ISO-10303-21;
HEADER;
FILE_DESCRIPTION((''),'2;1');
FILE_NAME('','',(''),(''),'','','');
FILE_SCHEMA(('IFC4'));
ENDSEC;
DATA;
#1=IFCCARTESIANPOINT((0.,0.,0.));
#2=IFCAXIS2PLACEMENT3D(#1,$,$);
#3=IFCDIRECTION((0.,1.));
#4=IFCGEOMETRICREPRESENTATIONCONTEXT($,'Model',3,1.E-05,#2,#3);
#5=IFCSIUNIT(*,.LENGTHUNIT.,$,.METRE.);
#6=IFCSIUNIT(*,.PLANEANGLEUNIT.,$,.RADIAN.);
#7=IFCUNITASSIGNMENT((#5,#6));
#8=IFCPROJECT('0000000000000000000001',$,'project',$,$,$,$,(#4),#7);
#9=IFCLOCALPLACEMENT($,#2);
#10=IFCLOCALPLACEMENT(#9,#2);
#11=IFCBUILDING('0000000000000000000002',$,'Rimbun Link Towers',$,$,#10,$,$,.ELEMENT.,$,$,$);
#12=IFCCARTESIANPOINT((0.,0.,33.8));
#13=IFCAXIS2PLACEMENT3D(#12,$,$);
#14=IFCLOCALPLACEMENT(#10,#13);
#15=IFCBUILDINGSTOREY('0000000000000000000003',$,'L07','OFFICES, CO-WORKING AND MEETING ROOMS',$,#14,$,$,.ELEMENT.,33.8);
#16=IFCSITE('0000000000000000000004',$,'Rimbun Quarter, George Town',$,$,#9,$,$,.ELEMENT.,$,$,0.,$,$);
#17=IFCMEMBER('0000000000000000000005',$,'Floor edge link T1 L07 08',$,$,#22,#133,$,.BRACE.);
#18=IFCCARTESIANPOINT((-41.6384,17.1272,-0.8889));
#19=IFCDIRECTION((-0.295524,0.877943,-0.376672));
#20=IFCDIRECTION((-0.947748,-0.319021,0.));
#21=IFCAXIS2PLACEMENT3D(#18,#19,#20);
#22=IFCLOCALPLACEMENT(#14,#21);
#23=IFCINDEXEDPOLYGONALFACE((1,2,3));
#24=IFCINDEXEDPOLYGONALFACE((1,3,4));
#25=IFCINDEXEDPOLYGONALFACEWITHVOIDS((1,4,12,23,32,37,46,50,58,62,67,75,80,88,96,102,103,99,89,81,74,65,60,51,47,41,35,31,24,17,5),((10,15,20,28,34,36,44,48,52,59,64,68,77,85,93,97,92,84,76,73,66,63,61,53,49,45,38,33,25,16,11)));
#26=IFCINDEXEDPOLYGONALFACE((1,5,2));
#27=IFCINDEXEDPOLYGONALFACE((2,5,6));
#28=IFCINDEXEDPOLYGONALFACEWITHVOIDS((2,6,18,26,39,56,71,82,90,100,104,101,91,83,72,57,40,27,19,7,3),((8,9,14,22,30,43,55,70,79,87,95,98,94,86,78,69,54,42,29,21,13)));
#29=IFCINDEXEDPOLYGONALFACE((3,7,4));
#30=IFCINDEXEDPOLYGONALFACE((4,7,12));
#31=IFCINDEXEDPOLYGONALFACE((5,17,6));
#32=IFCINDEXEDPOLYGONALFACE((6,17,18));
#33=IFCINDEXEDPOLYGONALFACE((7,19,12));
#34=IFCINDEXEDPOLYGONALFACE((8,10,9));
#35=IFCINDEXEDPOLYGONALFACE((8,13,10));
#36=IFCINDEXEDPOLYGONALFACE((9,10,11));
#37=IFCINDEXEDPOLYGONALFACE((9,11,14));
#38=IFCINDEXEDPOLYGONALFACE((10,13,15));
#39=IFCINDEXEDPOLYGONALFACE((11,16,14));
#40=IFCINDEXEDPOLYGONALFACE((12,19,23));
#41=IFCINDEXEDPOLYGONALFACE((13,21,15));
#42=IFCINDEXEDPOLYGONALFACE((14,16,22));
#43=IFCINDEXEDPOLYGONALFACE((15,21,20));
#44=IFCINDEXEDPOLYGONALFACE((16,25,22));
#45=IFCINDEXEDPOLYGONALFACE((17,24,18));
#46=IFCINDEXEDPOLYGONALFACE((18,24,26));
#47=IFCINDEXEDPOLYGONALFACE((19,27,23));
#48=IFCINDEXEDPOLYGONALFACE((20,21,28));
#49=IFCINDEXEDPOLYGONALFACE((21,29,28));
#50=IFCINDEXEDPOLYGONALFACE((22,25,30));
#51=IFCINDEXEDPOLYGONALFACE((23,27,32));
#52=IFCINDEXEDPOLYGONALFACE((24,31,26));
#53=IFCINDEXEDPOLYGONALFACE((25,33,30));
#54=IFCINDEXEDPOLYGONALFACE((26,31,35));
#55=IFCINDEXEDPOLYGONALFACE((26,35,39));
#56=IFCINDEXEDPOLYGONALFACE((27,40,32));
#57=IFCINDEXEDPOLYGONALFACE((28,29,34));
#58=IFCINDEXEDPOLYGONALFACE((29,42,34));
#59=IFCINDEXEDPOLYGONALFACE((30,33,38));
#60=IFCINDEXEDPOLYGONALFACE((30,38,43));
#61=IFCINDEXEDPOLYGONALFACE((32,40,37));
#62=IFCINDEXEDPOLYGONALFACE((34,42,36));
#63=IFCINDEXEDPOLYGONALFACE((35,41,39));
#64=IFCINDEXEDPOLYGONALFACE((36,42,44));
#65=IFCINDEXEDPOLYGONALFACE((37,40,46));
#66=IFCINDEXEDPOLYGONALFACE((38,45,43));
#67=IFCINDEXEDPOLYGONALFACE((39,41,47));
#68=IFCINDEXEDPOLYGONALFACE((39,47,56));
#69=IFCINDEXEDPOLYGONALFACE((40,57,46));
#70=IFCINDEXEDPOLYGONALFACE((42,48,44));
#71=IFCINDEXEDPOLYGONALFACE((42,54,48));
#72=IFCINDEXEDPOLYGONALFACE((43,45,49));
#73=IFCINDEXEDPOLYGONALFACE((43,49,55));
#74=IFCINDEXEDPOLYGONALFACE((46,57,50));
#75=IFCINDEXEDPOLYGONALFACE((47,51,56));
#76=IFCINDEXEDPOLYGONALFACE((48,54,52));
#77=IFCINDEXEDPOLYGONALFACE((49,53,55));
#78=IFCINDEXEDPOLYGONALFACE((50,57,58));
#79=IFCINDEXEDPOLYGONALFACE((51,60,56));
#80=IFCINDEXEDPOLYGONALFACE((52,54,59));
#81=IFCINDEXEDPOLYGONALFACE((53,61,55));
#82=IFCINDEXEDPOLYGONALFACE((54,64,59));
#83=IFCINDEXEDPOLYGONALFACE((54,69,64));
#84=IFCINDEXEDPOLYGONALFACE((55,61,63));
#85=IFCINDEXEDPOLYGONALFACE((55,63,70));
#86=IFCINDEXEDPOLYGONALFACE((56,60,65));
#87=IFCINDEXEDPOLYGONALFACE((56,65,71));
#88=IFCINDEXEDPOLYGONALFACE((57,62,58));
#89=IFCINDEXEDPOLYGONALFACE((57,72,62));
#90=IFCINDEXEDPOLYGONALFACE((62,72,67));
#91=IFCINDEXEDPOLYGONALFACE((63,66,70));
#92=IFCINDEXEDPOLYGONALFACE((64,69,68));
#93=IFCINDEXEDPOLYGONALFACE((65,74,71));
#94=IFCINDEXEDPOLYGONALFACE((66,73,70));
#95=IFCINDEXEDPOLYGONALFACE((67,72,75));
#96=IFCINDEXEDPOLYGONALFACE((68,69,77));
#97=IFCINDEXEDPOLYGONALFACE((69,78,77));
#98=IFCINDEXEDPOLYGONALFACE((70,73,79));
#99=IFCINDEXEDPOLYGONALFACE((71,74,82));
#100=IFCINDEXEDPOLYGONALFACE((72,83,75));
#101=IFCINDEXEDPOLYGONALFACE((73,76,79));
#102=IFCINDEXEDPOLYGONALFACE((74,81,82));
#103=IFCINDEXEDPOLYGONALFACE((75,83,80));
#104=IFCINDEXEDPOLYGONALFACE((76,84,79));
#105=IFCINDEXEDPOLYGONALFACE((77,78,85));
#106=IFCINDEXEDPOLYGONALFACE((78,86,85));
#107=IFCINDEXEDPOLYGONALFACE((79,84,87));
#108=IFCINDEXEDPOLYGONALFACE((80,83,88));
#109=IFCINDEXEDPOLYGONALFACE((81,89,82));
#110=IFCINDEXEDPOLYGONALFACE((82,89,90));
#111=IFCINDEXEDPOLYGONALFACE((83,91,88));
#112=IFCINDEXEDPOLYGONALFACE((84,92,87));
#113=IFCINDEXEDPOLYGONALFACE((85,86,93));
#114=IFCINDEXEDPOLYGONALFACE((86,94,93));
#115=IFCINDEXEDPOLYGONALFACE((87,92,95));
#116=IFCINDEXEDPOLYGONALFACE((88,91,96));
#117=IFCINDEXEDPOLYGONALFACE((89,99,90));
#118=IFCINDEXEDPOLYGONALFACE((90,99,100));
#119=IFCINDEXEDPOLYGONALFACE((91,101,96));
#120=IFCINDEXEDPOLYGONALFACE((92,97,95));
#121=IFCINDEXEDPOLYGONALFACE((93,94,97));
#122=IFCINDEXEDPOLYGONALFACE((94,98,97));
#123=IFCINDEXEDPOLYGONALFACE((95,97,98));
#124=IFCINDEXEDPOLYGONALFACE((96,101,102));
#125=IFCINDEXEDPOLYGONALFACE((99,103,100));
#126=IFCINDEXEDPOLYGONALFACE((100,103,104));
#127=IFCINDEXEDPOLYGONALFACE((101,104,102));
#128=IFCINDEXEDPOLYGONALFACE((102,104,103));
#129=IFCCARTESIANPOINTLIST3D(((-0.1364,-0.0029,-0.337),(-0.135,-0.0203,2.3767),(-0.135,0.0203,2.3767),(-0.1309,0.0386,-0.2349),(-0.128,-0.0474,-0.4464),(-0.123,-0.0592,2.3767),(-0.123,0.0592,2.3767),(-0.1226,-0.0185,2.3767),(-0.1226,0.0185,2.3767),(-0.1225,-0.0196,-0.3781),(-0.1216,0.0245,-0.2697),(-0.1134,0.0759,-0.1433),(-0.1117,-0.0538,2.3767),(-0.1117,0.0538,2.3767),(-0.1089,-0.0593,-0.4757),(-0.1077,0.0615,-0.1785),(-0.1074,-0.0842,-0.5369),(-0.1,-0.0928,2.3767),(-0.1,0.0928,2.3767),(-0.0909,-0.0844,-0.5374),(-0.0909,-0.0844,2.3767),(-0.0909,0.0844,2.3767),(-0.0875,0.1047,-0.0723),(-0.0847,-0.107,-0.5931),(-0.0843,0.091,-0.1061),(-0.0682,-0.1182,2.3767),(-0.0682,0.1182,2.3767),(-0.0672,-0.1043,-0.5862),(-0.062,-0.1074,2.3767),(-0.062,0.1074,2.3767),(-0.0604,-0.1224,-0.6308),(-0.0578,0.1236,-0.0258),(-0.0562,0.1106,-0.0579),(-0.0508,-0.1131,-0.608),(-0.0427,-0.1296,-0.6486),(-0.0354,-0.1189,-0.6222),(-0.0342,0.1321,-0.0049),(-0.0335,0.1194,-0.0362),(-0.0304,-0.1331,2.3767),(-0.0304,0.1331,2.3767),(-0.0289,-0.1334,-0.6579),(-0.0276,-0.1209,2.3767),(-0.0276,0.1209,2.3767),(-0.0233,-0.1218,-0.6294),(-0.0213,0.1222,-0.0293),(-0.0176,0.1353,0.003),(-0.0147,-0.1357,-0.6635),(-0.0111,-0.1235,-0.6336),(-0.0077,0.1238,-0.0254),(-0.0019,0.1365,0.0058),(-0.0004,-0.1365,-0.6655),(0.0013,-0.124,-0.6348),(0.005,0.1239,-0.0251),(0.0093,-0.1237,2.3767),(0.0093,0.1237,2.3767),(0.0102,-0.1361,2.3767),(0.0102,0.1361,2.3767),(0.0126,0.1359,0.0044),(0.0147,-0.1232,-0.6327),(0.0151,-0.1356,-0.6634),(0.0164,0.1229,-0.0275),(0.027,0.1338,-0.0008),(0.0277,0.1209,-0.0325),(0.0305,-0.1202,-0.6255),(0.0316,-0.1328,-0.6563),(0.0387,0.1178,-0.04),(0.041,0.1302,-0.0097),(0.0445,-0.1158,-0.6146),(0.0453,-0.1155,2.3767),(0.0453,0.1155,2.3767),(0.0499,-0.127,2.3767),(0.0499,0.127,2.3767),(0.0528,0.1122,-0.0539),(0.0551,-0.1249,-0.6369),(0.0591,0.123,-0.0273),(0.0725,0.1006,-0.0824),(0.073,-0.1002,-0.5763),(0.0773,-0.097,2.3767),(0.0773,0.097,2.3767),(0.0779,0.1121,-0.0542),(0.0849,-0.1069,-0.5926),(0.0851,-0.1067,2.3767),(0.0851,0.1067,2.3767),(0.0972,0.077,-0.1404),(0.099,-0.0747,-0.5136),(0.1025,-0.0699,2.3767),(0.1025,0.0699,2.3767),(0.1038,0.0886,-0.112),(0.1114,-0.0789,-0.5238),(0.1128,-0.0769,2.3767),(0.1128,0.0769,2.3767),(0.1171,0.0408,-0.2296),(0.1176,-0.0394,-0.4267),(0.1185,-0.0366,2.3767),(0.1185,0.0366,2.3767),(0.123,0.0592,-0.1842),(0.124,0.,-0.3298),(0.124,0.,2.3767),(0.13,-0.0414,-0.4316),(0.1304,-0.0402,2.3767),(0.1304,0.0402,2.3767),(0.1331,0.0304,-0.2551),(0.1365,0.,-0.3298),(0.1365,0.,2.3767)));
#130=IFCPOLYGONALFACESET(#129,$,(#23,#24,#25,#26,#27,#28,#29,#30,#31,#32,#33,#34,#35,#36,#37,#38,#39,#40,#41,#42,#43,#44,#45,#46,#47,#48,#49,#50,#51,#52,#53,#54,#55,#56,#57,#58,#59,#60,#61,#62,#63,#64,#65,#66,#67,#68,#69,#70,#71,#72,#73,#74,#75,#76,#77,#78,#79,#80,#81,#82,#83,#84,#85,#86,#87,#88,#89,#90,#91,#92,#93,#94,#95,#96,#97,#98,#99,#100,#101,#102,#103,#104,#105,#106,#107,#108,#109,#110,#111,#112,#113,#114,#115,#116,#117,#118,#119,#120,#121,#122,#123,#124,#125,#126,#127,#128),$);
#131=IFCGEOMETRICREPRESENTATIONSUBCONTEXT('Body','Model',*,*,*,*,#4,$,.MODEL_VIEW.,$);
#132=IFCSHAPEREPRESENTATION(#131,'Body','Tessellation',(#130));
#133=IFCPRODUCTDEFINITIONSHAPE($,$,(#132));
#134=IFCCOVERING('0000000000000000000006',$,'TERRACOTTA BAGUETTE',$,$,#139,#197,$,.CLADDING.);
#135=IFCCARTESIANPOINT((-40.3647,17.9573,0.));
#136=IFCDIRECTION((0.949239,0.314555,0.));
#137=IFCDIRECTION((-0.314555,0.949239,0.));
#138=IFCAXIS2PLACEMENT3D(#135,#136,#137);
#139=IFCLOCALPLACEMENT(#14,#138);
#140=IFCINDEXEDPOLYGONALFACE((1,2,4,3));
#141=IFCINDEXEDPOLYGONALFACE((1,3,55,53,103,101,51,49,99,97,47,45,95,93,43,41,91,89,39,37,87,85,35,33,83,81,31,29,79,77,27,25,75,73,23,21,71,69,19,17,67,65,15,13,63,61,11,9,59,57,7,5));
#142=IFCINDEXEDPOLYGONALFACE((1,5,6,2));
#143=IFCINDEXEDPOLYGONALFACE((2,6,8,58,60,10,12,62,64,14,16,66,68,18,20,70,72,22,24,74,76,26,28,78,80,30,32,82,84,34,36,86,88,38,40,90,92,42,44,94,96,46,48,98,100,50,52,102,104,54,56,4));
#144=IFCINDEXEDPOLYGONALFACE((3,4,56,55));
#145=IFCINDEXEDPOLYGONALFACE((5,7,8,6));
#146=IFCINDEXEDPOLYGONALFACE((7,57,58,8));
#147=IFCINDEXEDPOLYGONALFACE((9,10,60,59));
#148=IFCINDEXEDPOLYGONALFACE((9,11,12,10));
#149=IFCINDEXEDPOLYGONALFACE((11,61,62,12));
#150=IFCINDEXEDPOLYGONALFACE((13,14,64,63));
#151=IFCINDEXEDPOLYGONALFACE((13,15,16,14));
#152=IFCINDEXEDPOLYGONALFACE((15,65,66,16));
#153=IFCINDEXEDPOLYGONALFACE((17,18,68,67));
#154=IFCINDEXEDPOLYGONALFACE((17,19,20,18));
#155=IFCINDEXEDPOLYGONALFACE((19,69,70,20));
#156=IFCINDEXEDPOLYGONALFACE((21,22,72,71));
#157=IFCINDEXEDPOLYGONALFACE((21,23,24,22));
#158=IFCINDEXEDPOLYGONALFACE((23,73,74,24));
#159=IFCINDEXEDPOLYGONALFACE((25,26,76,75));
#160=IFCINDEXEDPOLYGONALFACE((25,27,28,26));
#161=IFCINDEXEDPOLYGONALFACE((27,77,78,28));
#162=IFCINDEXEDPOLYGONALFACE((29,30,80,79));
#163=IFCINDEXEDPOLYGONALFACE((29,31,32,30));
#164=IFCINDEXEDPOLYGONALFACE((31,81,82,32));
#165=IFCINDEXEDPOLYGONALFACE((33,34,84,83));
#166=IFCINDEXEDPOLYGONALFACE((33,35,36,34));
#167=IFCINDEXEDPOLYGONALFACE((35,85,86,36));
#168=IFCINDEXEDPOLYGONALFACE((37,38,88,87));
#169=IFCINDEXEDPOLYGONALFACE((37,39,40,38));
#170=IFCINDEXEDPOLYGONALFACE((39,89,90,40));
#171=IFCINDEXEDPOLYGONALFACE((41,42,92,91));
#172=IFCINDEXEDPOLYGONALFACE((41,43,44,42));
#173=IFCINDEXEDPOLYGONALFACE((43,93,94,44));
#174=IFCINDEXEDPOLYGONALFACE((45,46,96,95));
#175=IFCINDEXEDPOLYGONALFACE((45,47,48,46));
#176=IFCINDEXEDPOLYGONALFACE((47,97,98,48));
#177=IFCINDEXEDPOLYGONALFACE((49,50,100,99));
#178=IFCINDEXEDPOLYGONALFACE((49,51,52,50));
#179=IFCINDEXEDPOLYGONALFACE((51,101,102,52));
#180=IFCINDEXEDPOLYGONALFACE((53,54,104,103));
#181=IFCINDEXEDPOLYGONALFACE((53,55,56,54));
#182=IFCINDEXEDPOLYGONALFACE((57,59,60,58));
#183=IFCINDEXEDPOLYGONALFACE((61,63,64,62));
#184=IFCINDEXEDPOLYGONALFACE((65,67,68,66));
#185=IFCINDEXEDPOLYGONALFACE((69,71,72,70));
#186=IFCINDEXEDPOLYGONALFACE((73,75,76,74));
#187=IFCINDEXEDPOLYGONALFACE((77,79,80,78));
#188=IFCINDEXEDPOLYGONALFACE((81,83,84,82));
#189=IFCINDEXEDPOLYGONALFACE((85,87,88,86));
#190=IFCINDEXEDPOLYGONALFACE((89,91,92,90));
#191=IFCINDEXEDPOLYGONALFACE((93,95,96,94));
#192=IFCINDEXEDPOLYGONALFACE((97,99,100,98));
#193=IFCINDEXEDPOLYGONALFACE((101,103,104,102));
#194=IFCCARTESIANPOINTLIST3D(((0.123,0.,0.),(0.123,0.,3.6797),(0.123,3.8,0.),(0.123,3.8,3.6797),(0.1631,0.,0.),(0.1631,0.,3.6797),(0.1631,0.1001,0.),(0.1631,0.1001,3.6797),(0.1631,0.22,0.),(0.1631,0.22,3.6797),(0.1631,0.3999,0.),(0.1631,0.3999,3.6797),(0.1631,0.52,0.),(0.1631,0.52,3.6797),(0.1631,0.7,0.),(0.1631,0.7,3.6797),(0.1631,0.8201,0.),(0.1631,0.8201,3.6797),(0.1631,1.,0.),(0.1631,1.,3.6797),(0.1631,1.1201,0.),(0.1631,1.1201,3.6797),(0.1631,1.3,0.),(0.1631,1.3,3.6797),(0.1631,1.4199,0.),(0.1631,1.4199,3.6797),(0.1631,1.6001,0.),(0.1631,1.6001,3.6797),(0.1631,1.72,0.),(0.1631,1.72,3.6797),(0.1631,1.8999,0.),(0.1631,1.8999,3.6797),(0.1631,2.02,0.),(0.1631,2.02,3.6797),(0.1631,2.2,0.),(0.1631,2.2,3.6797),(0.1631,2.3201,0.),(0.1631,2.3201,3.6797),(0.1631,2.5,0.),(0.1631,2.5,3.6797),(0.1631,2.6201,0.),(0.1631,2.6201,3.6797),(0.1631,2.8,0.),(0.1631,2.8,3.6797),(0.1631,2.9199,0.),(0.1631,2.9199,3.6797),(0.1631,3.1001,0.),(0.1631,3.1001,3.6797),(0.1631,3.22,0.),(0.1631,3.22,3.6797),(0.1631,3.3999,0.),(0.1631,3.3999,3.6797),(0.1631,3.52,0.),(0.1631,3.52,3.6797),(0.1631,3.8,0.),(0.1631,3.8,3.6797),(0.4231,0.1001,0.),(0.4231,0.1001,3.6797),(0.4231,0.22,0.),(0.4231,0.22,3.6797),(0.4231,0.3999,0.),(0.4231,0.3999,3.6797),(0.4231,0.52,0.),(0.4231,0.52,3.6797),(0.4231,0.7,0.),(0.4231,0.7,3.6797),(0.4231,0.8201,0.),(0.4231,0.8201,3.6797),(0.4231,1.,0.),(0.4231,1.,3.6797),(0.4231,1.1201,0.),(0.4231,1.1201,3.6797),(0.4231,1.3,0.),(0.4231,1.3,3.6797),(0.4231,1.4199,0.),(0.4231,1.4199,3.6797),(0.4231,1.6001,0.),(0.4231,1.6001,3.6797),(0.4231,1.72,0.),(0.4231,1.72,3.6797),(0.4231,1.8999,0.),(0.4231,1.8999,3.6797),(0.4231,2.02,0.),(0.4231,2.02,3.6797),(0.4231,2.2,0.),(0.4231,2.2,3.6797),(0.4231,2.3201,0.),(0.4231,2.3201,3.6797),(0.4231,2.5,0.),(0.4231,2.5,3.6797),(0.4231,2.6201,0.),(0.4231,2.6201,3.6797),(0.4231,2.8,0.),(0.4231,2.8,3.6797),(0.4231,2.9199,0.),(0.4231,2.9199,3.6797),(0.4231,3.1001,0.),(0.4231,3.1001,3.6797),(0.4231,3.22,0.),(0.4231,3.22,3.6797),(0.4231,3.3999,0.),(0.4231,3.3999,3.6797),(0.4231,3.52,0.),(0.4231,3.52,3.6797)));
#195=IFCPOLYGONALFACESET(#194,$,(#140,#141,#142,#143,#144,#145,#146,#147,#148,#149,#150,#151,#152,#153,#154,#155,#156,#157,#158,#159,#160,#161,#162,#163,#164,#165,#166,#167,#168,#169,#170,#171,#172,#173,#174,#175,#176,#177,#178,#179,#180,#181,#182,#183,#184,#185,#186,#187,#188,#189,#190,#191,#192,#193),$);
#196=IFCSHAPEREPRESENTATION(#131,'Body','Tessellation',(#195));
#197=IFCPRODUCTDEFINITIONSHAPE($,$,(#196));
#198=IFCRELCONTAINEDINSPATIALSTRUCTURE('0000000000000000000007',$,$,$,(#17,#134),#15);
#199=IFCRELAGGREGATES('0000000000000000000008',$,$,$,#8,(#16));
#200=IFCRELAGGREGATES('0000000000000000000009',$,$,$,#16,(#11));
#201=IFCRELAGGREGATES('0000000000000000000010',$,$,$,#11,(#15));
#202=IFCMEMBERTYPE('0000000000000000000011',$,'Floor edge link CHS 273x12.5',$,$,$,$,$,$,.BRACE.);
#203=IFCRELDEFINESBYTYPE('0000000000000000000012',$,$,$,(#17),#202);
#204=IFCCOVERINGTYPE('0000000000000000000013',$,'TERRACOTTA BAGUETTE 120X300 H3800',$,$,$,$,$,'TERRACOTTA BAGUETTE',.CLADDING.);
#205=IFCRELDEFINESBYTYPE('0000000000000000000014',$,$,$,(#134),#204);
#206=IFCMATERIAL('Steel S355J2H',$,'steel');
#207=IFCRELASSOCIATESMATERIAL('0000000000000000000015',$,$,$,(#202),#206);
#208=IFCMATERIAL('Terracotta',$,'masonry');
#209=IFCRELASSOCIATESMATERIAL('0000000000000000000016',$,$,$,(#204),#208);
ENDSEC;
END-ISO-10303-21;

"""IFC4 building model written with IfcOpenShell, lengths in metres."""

from ifc_helpers import new_model, si_unit, direction, frame, origin, origin_2d, place, context, subcontext, project, spatial, polyline, hollow_circle, outline, extrude, clip, halfspace, material, material_profile, profile_set, type_object, element, save


model = new_model("IFC4")

# Units and contexts
model_context = context("Model", 3, precision=1e-05, world=origin(), true_north=direction((0.0, 1.0)))
body_context = subcontext(model_context, "Body", "Model", "MODEL_VIEW")
ifc_project = project(units=[si_unit("LENGTHUNIT", "METRE"), si_unit("PLANEANGLEUNIT", "RADIAN")], contexts=[model_context])

# Site, building, storey
site_placement = place(None, origin())
site = spatial("IfcSite", under=ifc_project, at=site_placement, Name="Rimbun Quarter, George Town", CompositionType="ELEMENT", RefElevation=0.0)
building_placement = place(site_placement, origin())
building = spatial("IfcBuilding", under=site, at=building_placement, Name="Rimbun Link Towers", CompositionType="ELEMENT")
storey_placement = place(building_placement, frame((0.0, 0.0, 33.8)))
storey = spatial("IfcBuildingStorey", under=building, at=storey_placement, Name="L07", Description="OFFICES, CO-WORKING AND MEETING ROOMS", CompositionType="ELEMENT", Elevation=33.8)

# Member
ifc_material_1 = material(Name="Steel S355J2H", Category="steel")
ifc_material_profile_1 = material_profile(ifc_material_1, hollow_circle(Radius=0.1365, WallThickness=0.0125, at=origin_2d()), Name="CHS 273x12.5")
ifc_profile_set_1 = profile_set([ifc_material_profile_1], Name="Steel S355J2H")
member_type_1 = type_object("IfcMemberType", Name="Floor edge link CHS 273x12.5", PredefinedType="BRACE", material=ifc_profile_set_1)
member_1_placement = place(storey_placement, frame((-41.6384, 17.1272, -0.8889), z_axis=(-0.295524, 0.877943, -0.376672), x_axis=(-0.947748, -0.319021, 0.0)))
element("IfcMember", 1, at=member_1_placement, inside=storey, type_object=member_type_1, Name="Floor edge link T1 L07 08", PredefinedType="BRACE", context=body_context, shape_type="Clipping", body=[
    clip(extrude(hollow_circle(Radius=0.1365, WallThickness=0.0125, at=origin_2d()), frame((0.0, 0.0, -0.6978)), (0.0, 0.0, 1.0), 3.0745), halfspace(frame((0.0, 0.0, -0.3298), z_axis=(0.0, 0.926347, -0.376672)), False)),
])

# Covering
ifc_material_2 = material(Name="Terracotta", Category="masonry")
ifc_material_profile_2 = material_profile(ifc_material_2, outline(polyline([(0.123, 0.0), (0.1631, 0.0), (0.1631, 0.1001), (0.4231, 0.1001), (0.4231, 0.22), (0.1631, 0.22), (0.1631, 0.3999), (0.4231, 0.3999), (0.4231, 0.52), (0.1631, 0.52), (0.1631, 0.7), (0.4231, 0.7), (0.4231, 0.8201), (0.1631, 0.8201), (0.1631, 1.0), (0.4231, 1.0), (0.4231, 1.1201), (0.1631, 1.1201), (0.1631, 1.3), (0.4231, 1.3), (0.4231, 1.4199), (0.1631, 1.4199), (0.1631, 1.6001), (0.4231, 1.6001), (0.4231, 1.72), (0.1631, 1.72), (0.1631, 1.8999), (0.4231, 1.8999), (0.4231, 2.02), (0.1631, 2.02), (0.1631, 2.2), (0.4231, 2.2), (0.4231, 2.3201), (0.1631, 2.3201), (0.1631, 2.5), (0.4231, 2.5), (0.4231, 2.6201), (0.1631, 2.6201), (0.1631, 2.8), (0.4231, 2.8), (0.4231, 2.9199), (0.1631, 2.9199), (0.1631, 3.1001), (0.4231, 3.1001), (0.4231, 3.22), (0.1631, 3.22), (0.1631, 3.3999), (0.4231, 3.3999), (0.4231, 3.52), (0.1631, 3.52), (0.1631, 3.8), (0.123, 3.8), (0.123, 0.0)])), Name="BAGUETTE 120X300")
ifc_profile_set_2 = profile_set([ifc_material_profile_2], Name="Terracotta")
covering_type = type_object("IfcCoveringType", Name="TERRACOTTA BAGUETTE 120X300 H3800", ElementType="TERRACOTTA BAGUETTE", PredefinedType="CLADDING", material=ifc_profile_set_2)
covering_1_placement = place(storey_placement, frame((-40.3647, 17.9573, 0.0), z_axis=(0.949239, 0.314555, 0.0), x_axis=(-0.314555, 0.949239, 0.0)))
element("IfcCovering", 2, at=covering_1_placement, inside=storey, type_object=covering_type, Name="TERRACOTTA BAGUETTE", PredefinedType="CLADDING", context=body_context, shape_type="SweptSolid", body=[
    extrude(outline(polyline([(0.123, 0.0), (0.1631, 0.0), (0.1631, 0.1001), (0.4231, 0.1001), (0.4231, 0.22), (0.1631, 0.22), (0.1631, 0.3999), (0.4231, 0.3999), (0.4231, 0.52), (0.1631, 0.52), (0.1631, 0.7), (0.4231, 0.7), (0.4231, 0.8201), (0.1631, 0.8201), (0.1631, 1.0), (0.4231, 1.0), (0.4231, 1.1201), (0.1631, 1.1201), (0.1631, 1.3), (0.4231, 1.3), (0.4231, 1.4199), (0.1631, 1.4199), (0.1631, 1.6001), (0.4231, 1.6001), (0.4231, 1.72), (0.1631, 1.72), (0.1631, 1.8999), (0.4231, 1.8999), (0.4231, 2.02), (0.1631, 2.02), (0.1631, 2.2), (0.4231, 2.2), (0.4231, 2.3201), (0.1631, 2.3201), (0.1631, 2.5), (0.4231, 2.5), (0.4231, 2.6201), (0.1631, 2.6201), (0.1631, 2.8), (0.4231, 2.8), (0.4231, 2.9199), (0.1631, 2.9199), (0.1631, 3.1001), (0.4231, 3.1001), (0.4231, 3.22), (0.1631, 3.22), (0.1631, 3.3999), (0.4231, 3.3999), (0.4231, 3.52), (0.1631, 3.52), (0.1631, 3.8), (0.123, 3.8), (0.123, 0.0)])), origin(), (0.0, 0.0, 1.0), 3.6797),
])

save(model, "model.ifc")
